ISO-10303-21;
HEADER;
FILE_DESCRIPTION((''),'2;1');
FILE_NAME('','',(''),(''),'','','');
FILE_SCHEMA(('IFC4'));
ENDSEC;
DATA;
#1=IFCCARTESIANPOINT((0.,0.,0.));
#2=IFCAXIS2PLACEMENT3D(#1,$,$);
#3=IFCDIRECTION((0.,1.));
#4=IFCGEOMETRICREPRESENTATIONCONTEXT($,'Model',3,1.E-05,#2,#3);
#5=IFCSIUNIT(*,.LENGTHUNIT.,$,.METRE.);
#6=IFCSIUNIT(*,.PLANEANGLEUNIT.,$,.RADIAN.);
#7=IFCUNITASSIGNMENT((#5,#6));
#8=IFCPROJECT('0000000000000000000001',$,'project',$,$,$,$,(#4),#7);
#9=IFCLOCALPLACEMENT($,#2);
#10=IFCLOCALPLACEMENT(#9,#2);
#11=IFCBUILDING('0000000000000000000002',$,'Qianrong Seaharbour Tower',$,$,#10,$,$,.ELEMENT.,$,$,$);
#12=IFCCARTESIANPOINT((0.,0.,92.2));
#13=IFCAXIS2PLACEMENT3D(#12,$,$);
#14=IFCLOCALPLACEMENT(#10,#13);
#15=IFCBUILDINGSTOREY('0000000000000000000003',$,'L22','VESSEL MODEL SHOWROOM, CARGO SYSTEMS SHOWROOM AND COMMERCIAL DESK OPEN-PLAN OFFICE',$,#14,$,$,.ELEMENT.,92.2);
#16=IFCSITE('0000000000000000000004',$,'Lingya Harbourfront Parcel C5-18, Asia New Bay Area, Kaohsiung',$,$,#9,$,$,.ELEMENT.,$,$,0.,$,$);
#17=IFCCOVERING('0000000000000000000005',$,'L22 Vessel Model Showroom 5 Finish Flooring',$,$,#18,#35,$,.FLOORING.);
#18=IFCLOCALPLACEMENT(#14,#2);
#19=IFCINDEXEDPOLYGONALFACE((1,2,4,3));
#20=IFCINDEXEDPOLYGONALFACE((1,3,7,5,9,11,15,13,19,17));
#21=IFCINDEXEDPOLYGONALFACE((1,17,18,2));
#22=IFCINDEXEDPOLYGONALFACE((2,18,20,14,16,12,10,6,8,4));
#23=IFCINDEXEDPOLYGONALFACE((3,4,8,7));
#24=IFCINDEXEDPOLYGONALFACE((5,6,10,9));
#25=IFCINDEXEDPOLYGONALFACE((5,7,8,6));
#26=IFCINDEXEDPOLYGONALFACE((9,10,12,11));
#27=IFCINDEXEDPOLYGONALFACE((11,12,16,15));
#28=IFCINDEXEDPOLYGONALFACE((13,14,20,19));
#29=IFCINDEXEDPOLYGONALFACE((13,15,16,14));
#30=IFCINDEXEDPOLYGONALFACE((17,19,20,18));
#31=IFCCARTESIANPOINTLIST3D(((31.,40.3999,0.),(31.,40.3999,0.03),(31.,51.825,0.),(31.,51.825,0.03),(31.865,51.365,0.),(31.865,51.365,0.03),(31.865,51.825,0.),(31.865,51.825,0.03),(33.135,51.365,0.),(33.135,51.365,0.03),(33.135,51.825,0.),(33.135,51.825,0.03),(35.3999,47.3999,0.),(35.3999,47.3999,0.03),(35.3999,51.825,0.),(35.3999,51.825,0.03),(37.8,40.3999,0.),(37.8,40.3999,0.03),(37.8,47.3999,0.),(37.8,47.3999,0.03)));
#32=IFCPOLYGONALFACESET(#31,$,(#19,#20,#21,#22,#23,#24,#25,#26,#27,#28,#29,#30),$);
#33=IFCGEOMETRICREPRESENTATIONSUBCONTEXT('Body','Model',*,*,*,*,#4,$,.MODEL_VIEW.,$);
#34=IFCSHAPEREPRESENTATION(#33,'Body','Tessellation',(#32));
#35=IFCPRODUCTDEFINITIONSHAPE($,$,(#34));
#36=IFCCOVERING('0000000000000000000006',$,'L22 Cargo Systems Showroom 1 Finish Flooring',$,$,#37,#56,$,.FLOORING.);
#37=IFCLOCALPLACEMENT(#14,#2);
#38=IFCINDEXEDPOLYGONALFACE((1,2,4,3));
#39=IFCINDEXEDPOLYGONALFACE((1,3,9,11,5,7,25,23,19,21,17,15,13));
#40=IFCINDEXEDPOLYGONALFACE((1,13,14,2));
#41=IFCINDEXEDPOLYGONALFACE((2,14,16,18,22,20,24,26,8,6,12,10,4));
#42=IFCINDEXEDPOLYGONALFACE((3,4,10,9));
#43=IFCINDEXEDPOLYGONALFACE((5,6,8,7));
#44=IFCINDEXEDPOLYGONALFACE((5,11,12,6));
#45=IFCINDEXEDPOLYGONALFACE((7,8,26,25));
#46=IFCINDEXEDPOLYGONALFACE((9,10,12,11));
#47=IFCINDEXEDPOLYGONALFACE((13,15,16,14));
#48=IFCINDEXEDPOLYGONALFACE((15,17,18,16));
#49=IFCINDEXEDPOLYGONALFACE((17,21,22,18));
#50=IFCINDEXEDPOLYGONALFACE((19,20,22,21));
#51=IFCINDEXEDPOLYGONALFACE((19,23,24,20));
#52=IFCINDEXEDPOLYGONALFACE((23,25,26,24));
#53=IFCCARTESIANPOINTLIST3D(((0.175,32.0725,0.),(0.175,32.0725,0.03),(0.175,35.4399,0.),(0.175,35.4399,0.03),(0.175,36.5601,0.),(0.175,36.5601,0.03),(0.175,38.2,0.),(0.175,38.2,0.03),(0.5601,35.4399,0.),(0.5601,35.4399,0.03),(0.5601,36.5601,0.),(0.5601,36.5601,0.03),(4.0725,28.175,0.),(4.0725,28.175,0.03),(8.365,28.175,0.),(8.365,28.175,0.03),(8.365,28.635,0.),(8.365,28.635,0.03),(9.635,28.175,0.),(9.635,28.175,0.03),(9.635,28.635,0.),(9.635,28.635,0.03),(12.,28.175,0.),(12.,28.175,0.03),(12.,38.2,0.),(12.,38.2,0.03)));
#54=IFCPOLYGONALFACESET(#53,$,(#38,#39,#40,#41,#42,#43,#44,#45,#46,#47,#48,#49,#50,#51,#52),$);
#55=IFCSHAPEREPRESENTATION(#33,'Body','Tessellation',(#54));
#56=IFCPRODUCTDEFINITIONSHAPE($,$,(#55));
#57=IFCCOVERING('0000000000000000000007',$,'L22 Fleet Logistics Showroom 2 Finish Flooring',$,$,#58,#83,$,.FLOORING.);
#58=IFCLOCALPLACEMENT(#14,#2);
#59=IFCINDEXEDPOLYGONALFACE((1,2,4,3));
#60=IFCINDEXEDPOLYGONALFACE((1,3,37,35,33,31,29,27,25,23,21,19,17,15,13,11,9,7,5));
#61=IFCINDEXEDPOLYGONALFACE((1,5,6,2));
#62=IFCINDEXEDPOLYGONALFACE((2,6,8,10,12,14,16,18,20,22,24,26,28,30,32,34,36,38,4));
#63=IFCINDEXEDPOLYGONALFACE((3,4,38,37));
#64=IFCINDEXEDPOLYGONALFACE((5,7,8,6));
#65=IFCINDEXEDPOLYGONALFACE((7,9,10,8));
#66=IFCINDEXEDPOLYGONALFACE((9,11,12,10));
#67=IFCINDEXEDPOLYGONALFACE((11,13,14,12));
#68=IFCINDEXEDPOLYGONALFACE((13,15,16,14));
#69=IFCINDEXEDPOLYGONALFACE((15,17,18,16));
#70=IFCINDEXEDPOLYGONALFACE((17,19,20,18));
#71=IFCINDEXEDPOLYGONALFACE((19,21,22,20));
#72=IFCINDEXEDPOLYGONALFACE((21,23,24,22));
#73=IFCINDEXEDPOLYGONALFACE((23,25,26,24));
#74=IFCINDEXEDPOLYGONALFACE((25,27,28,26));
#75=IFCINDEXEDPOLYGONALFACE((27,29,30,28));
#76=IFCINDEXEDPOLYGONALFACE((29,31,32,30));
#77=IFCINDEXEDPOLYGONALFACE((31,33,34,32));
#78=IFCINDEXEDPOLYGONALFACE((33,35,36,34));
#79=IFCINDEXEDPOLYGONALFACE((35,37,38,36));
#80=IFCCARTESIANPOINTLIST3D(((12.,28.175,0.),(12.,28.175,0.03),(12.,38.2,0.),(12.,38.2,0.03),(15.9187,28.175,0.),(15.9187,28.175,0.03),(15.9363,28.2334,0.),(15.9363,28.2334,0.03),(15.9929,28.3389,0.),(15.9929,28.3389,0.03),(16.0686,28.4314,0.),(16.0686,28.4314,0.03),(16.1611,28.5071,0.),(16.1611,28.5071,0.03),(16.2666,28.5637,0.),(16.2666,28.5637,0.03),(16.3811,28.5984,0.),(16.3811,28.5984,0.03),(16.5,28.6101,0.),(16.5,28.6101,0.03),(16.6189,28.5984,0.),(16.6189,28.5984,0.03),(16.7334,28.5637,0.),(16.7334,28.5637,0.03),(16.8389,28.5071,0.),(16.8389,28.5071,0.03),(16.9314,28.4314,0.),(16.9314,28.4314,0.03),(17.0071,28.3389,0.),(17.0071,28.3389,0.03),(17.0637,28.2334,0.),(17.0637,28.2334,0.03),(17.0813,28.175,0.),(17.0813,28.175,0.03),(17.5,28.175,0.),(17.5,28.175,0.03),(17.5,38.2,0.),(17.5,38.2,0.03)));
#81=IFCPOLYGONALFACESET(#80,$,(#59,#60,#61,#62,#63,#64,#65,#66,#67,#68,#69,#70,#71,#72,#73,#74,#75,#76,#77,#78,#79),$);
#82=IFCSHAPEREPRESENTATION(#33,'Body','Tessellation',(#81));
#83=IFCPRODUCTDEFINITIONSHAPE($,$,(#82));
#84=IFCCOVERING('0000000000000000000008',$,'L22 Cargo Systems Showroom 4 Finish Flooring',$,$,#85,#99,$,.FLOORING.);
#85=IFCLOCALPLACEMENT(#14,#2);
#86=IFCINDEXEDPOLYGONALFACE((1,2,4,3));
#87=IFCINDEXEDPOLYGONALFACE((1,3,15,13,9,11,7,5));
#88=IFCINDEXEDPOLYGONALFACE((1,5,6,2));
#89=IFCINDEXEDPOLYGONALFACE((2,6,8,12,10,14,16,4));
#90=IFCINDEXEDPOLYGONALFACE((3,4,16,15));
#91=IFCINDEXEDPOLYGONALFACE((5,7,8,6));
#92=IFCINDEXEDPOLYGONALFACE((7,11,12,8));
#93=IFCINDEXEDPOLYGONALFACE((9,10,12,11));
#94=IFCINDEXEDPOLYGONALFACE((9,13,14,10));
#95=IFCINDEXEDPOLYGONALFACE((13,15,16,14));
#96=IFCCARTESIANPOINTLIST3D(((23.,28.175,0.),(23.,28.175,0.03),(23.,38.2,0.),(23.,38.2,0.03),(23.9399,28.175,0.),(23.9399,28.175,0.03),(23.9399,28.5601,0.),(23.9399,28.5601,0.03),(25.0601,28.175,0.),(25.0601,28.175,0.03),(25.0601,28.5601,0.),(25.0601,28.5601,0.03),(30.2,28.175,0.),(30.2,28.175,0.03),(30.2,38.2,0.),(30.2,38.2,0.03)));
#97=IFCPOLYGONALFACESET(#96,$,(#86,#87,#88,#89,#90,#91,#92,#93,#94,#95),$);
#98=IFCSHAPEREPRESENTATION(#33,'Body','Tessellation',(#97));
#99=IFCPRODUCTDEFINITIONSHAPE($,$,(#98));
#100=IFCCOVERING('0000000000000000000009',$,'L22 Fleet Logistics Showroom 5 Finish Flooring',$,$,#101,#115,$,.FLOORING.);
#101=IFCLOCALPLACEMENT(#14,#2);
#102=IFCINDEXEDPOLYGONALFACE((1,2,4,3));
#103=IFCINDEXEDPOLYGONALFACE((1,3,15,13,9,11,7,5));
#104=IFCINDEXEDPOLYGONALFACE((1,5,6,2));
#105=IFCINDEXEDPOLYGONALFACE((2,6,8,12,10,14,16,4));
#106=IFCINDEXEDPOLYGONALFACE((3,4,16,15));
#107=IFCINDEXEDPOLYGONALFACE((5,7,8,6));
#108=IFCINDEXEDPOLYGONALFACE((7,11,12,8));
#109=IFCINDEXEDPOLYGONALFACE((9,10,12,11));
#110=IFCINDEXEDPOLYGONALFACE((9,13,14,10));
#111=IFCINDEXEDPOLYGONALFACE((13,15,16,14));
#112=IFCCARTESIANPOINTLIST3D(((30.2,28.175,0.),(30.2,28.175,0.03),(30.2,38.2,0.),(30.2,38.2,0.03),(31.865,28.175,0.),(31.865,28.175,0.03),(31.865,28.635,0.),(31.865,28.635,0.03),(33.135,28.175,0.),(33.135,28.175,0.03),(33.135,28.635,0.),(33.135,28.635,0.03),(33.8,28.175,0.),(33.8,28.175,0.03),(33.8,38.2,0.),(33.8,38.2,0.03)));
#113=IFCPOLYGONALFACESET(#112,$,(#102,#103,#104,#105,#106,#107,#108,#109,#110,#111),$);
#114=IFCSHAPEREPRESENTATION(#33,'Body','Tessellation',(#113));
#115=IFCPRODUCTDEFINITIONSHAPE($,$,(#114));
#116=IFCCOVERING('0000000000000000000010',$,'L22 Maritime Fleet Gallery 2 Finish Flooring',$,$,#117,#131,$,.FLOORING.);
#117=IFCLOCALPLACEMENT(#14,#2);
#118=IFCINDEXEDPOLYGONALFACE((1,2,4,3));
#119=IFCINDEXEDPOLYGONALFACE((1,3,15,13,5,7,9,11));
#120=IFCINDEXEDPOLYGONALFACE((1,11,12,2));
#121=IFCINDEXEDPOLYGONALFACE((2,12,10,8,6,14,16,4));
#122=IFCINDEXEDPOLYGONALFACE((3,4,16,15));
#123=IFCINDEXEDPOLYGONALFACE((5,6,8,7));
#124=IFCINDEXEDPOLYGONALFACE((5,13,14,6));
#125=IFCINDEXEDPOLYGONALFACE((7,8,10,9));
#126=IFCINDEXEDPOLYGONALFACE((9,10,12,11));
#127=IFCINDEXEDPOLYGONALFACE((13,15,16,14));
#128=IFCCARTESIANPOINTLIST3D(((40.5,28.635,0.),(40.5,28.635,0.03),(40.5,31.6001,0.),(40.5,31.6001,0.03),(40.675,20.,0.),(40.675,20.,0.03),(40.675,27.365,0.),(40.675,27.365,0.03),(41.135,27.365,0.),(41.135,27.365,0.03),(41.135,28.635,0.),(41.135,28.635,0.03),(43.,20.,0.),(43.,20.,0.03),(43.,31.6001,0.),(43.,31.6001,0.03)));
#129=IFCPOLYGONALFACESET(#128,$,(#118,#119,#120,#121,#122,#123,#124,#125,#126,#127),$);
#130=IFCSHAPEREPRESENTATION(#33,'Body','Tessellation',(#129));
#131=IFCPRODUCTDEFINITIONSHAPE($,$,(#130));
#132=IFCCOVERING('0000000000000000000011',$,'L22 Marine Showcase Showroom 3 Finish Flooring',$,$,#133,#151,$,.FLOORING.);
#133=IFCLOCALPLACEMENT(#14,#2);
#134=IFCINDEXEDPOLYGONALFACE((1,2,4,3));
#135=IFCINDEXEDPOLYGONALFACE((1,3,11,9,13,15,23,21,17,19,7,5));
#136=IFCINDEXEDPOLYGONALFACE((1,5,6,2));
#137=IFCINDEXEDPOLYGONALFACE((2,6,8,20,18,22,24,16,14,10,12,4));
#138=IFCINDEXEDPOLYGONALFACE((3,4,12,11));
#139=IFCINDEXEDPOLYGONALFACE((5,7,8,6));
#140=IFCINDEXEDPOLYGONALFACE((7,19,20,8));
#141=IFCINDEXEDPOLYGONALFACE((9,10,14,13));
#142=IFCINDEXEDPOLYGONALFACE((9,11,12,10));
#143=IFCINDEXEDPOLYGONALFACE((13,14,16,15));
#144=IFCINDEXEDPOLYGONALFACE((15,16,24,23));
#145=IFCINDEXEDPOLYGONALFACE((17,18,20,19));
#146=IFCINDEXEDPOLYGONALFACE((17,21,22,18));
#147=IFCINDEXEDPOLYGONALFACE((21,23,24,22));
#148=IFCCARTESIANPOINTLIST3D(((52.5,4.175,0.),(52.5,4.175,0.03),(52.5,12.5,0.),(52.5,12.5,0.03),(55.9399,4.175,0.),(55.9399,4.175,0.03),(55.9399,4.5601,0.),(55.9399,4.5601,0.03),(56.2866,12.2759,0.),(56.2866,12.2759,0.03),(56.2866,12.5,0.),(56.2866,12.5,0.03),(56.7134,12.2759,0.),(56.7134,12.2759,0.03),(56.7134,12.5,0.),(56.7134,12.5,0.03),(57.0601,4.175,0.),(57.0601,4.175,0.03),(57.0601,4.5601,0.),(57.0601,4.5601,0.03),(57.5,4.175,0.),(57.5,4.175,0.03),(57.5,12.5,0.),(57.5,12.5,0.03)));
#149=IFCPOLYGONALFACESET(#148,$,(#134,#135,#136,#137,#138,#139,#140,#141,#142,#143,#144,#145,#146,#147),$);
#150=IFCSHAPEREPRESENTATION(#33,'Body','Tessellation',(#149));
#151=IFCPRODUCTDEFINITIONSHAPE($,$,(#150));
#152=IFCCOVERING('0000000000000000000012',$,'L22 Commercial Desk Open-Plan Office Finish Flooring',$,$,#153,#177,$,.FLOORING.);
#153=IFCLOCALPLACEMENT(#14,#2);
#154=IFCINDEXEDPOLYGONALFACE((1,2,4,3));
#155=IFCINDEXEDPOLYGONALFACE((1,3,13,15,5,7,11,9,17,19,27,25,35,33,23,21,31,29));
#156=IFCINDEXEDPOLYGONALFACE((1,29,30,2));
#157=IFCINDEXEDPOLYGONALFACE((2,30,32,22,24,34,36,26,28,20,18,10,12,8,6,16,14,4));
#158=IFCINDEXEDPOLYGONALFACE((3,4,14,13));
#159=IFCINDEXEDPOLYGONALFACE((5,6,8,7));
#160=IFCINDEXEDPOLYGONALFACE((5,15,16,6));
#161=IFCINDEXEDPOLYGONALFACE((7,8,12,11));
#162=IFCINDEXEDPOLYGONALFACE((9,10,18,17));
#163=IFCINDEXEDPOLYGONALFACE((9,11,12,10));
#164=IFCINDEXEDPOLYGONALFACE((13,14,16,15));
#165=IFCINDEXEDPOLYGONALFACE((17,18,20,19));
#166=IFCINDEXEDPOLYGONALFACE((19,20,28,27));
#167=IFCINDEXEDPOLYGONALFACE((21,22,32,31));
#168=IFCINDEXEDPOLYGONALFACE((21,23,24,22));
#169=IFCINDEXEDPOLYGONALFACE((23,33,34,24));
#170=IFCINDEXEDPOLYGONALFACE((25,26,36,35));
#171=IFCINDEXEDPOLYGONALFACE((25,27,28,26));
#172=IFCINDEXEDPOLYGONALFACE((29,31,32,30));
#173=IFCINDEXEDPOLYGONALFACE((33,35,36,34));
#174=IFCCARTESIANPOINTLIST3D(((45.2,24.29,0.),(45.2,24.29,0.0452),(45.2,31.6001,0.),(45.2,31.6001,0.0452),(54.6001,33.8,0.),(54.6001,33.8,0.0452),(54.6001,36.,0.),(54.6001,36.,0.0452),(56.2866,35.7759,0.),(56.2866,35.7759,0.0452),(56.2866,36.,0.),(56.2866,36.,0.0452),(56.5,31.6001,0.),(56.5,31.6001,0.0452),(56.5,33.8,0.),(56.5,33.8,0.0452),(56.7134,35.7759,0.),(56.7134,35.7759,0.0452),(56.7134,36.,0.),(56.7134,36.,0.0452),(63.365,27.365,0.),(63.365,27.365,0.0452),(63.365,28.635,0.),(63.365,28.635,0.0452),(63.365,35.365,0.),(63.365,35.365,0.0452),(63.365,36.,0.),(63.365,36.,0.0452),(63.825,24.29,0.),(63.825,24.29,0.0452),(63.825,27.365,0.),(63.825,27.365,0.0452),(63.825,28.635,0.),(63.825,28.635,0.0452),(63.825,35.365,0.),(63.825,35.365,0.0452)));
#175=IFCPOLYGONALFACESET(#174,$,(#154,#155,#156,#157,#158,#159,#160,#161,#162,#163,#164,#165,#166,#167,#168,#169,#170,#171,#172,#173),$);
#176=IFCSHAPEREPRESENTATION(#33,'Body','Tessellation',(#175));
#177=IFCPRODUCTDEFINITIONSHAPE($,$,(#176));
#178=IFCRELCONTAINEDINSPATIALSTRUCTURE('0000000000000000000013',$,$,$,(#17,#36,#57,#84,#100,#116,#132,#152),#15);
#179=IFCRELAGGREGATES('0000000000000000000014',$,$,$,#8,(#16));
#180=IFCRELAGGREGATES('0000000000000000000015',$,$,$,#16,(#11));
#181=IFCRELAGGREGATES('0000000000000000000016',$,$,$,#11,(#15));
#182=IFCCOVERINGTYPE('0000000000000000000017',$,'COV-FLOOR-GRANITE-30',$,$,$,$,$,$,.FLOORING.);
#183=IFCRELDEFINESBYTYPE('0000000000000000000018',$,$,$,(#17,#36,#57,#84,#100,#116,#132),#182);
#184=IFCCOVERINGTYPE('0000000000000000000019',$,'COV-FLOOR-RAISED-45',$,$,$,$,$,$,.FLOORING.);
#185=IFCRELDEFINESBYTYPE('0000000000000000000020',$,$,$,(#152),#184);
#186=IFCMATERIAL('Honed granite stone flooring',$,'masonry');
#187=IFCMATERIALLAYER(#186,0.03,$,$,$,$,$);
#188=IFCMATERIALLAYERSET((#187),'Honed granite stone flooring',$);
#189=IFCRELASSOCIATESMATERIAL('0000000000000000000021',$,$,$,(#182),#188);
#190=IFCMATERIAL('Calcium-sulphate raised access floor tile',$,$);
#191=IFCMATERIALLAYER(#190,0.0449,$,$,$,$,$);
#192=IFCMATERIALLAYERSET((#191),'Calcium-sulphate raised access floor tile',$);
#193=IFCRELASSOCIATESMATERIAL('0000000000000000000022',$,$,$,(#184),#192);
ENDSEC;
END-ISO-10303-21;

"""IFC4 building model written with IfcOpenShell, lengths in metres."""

from ifc_helpers import new_model, si_unit, direction, frame, origin, place, context, subcontext, project, spatial, polyline, outline, extrude, material, layer, layer_set, type_object, element, save


model = new_model("IFC4")

# Units and contexts
model_context = context("Model", 3, precision=1e-05, world=origin(), true_north=direction((0.0, 1.0)))
body_context = subcontext(model_context, "Body", "Model", "MODEL_VIEW")
ifc_project = project(units=[si_unit("LENGTHUNIT", "METRE"), si_unit("PLANEANGLEUNIT", "RADIAN")], contexts=[model_context])

# Site, building, storey
site_placement = place(None, origin())
site = spatial("IfcSite", under=ifc_project, at=site_placement, Name="Lingya Harbourfront Parcel C5-18, Asia New Bay Area, Kaohsiung", CompositionType="ELEMENT", RefElevation=0.0)
building_placement = place(site_placement, origin())
building = spatial("IfcBuilding", under=site, at=building_placement, Name="Qianrong Seaharbour Tower", CompositionType="ELEMENT")
storey_placement = place(building_placement, frame((0.0, 0.0, 92.2)))
storey = spatial("IfcBuildingStorey", under=building, at=storey_placement, Name="L22", Description="VESSEL MODEL SHOWROOM, CARGO SYSTEMS SHOWROOM AND COMMERCIAL DESK OPEN-PLAN OFFICE", CompositionType="ELEMENT", Elevation=92.2)

# Coverings
ifc_material_1 = material(Name="Honed granite stone flooring", Category="masonry")
ifc_layer_1 = layer(ifc_material_1, 0.03)
ifc_layer_set_1 = layer_set([ifc_layer_1], Name="Honed granite stone flooring")
covering_type_1 = type_object("IfcCoveringType", Name="COV-FLOOR-GRANITE-30", PredefinedType="FLOORING", material=ifc_layer_set_1)
covering_1_placement = place(storey_placement, origin())
element("IfcCovering", 1, at=covering_1_placement, inside=storey, type_object=covering_type_1, Name="L22 Vessel Model Showroom 5 Finish Flooring", PredefinedType="FLOORING", context=body_context, shape_type="SweptSolid", body=[
    extrude(outline(polyline([(31.0, 51.825), (31.865, 51.825), (31.865, 51.365), (33.135, 51.365), (33.135, 51.825), (35.3999, 51.825), (35.3999, 47.3999), (37.8, 47.3999), (37.8, 40.3999), (31.0, 40.3999), (31.0, 51.825)])), origin(), (0.0, 0.0, 1.0), 0.03),
])
covering_2_placement = place(storey_placement, origin())
element("IfcCovering", 2, at=covering_2_placement, inside=storey, type_object=covering_type_1, Name="L22 Cargo Systems Showroom 1 Finish Flooring", PredefinedType="FLOORING", context=body_context, shape_type="SweptSolid", body=[
    extrude(outline(polyline([(9.635, 28.175), (9.635, 28.635), (8.365, 28.635), (8.365, 28.175), (4.0725, 28.175), (0.175, 32.0725), (0.175, 35.4399), (0.5601, 35.4399), (0.5601, 36.5601), (0.175, 36.5601), (0.175, 38.2), (12.0, 38.2), (12.0, 28.175), (9.635, 28.175)])), origin(), (0.0, 0.0, 1.0), 0.03),
])
covering_3_placement = place(storey_placement, origin())
element("IfcCovering", 3, at=covering_3_placement, inside=storey, type_object=covering_type_1, Name="L22 Fleet Logistics Showroom 2 Finish Flooring", PredefinedType="FLOORING", context=body_context, shape_type="SweptSolid", body=[
    extrude(outline(polyline([(17.5, 28.175), (17.0813, 28.175), (17.0637, 28.2334), (17.0071, 28.3389), (16.9314, 28.4314), (16.8389, 28.5071), (16.7334, 28.5637), (16.6189, 28.5984), (16.5, 28.6101), (16.3811, 28.5984), (16.2666, 28.5637), (16.1611, 28.5071), (16.0686, 28.4314), (15.9929, 28.3389), (15.9363, 28.2334), (15.9187, 28.175), (12.0, 28.175), (12.0, 38.2), (17.5, 38.2), (17.5, 28.175)])), origin(), (0.0, 0.0, 1.0), 0.03),
])
covering_4_placement = place(storey_placement, origin())
element("IfcCovering", 4, at=covering_4_placement, inside=storey, type_object=covering_type_1, Name="L22 Cargo Systems Showroom 4 Finish Flooring", PredefinedType="FLOORING", context=body_context, shape_type="SweptSolid", body=[
    extrude(outline(polyline([(30.2, 28.175), (25.0601, 28.175), (25.0601, 28.5601), (23.9399, 28.5601), (23.9399, 28.175), (23.0, 28.175), (23.0, 38.2), (30.2, 38.2), (30.2, 28.175)])), origin(), (0.0, 0.0, 1.0), 0.03),
])
covering_5_placement = place(storey_placement, origin())
element("IfcCovering", 5, at=covering_5_placement, inside=storey, type_object=covering_type_1, Name="L22 Fleet Logistics Showroom 5 Finish Flooring", PredefinedType="FLOORING", context=body_context, shape_type="SweptSolid", body=[
    extrude(outline(polyline([(33.8, 28.175), (33.135, 28.175), (33.135, 28.635), (31.865, 28.635), (31.865, 28.175), (30.2, 28.175), (30.2, 38.2), (33.8, 38.2), (33.8, 28.175)])), origin(), (0.0, 0.0, 1.0), 0.03),
])
covering_6_placement = place(storey_placement, origin())
element("IfcCovering", 6, at=covering_6_placement, inside=storey, type_object=covering_type_1, Name="L22 Maritime Fleet Gallery 2 Finish Flooring", PredefinedType="FLOORING", context=body_context, shape_type="SweptSolid", body=[
    extrude(outline(polyline([(43.0, 20.0), (40.675, 20.0), (40.675, 27.365), (41.135, 27.365), (41.135, 28.635), (40.5, 28.635), (40.5, 31.6001), (43.0, 31.6001), (43.0, 20.0)])), origin(), (0.0, 0.0, 1.0), 0.03),
])
covering_7_placement = place(storey_placement, origin())
element("IfcCovering", 7, at=covering_7_placement, inside=storey, type_object=covering_type_1, Name="L22 Marine Showcase Showroom 3 Finish Flooring", PredefinedType="FLOORING", context=body_context, shape_type="SweptSolid", body=[
    extrude(outline(polyline([(57.5, 4.175), (57.0601, 4.175), (57.0601, 4.5601), (55.9399, 4.5601), (55.9399, 4.175), (52.5, 4.175), (52.5, 12.5), (56.2866, 12.5), (56.2866, 12.2759), (56.7134, 12.2759), (56.7134, 12.5), (57.5, 12.5), (57.5, 4.175)])), origin(), (0.0, 0.0, 1.0), 0.03),
])
ifc_material_2 = material(Name="Calcium-sulphate raised access floor tile")
ifc_layer_2 = layer(ifc_material_2, 0.0449)
ifc_layer_set_2 = layer_set([ifc_layer_2], Name="Calcium-sulphate raised access floor tile")
covering_type_2 = type_object("IfcCoveringType", Name="COV-FLOOR-RAISED-45", PredefinedType="FLOORING", material=ifc_layer_set_2)
covering_8_placement = place(storey_placement, origin())
element("IfcCovering", 8, at=covering_8_placement, inside=storey, type_object=covering_type_2, Name="L22 Commercial Desk Open-Plan Office Finish Flooring", PredefinedType="FLOORING", context=body_context, shape_type="SweptSolid", body=[
    extrude(outline(polyline([(56.5, 31.6001), (56.5, 33.8), (54.6001, 33.8), (54.6001, 36.0), (56.2866, 36.0), (56.2866, 35.7759), (56.7134, 35.7759), (56.7134, 36.0), (63.365, 36.0), (63.365, 35.365), (63.825, 35.365), (63.825, 28.635), (63.365, 28.635), (63.365, 27.365), (63.825, 27.365), (63.825, 24.29), (45.2, 24.29), (45.2, 31.6001), (56.5, 31.6001)])), origin(), (0.0, 0.0, 1.0), 0.0452),
])

save(model, "model.ifc")
